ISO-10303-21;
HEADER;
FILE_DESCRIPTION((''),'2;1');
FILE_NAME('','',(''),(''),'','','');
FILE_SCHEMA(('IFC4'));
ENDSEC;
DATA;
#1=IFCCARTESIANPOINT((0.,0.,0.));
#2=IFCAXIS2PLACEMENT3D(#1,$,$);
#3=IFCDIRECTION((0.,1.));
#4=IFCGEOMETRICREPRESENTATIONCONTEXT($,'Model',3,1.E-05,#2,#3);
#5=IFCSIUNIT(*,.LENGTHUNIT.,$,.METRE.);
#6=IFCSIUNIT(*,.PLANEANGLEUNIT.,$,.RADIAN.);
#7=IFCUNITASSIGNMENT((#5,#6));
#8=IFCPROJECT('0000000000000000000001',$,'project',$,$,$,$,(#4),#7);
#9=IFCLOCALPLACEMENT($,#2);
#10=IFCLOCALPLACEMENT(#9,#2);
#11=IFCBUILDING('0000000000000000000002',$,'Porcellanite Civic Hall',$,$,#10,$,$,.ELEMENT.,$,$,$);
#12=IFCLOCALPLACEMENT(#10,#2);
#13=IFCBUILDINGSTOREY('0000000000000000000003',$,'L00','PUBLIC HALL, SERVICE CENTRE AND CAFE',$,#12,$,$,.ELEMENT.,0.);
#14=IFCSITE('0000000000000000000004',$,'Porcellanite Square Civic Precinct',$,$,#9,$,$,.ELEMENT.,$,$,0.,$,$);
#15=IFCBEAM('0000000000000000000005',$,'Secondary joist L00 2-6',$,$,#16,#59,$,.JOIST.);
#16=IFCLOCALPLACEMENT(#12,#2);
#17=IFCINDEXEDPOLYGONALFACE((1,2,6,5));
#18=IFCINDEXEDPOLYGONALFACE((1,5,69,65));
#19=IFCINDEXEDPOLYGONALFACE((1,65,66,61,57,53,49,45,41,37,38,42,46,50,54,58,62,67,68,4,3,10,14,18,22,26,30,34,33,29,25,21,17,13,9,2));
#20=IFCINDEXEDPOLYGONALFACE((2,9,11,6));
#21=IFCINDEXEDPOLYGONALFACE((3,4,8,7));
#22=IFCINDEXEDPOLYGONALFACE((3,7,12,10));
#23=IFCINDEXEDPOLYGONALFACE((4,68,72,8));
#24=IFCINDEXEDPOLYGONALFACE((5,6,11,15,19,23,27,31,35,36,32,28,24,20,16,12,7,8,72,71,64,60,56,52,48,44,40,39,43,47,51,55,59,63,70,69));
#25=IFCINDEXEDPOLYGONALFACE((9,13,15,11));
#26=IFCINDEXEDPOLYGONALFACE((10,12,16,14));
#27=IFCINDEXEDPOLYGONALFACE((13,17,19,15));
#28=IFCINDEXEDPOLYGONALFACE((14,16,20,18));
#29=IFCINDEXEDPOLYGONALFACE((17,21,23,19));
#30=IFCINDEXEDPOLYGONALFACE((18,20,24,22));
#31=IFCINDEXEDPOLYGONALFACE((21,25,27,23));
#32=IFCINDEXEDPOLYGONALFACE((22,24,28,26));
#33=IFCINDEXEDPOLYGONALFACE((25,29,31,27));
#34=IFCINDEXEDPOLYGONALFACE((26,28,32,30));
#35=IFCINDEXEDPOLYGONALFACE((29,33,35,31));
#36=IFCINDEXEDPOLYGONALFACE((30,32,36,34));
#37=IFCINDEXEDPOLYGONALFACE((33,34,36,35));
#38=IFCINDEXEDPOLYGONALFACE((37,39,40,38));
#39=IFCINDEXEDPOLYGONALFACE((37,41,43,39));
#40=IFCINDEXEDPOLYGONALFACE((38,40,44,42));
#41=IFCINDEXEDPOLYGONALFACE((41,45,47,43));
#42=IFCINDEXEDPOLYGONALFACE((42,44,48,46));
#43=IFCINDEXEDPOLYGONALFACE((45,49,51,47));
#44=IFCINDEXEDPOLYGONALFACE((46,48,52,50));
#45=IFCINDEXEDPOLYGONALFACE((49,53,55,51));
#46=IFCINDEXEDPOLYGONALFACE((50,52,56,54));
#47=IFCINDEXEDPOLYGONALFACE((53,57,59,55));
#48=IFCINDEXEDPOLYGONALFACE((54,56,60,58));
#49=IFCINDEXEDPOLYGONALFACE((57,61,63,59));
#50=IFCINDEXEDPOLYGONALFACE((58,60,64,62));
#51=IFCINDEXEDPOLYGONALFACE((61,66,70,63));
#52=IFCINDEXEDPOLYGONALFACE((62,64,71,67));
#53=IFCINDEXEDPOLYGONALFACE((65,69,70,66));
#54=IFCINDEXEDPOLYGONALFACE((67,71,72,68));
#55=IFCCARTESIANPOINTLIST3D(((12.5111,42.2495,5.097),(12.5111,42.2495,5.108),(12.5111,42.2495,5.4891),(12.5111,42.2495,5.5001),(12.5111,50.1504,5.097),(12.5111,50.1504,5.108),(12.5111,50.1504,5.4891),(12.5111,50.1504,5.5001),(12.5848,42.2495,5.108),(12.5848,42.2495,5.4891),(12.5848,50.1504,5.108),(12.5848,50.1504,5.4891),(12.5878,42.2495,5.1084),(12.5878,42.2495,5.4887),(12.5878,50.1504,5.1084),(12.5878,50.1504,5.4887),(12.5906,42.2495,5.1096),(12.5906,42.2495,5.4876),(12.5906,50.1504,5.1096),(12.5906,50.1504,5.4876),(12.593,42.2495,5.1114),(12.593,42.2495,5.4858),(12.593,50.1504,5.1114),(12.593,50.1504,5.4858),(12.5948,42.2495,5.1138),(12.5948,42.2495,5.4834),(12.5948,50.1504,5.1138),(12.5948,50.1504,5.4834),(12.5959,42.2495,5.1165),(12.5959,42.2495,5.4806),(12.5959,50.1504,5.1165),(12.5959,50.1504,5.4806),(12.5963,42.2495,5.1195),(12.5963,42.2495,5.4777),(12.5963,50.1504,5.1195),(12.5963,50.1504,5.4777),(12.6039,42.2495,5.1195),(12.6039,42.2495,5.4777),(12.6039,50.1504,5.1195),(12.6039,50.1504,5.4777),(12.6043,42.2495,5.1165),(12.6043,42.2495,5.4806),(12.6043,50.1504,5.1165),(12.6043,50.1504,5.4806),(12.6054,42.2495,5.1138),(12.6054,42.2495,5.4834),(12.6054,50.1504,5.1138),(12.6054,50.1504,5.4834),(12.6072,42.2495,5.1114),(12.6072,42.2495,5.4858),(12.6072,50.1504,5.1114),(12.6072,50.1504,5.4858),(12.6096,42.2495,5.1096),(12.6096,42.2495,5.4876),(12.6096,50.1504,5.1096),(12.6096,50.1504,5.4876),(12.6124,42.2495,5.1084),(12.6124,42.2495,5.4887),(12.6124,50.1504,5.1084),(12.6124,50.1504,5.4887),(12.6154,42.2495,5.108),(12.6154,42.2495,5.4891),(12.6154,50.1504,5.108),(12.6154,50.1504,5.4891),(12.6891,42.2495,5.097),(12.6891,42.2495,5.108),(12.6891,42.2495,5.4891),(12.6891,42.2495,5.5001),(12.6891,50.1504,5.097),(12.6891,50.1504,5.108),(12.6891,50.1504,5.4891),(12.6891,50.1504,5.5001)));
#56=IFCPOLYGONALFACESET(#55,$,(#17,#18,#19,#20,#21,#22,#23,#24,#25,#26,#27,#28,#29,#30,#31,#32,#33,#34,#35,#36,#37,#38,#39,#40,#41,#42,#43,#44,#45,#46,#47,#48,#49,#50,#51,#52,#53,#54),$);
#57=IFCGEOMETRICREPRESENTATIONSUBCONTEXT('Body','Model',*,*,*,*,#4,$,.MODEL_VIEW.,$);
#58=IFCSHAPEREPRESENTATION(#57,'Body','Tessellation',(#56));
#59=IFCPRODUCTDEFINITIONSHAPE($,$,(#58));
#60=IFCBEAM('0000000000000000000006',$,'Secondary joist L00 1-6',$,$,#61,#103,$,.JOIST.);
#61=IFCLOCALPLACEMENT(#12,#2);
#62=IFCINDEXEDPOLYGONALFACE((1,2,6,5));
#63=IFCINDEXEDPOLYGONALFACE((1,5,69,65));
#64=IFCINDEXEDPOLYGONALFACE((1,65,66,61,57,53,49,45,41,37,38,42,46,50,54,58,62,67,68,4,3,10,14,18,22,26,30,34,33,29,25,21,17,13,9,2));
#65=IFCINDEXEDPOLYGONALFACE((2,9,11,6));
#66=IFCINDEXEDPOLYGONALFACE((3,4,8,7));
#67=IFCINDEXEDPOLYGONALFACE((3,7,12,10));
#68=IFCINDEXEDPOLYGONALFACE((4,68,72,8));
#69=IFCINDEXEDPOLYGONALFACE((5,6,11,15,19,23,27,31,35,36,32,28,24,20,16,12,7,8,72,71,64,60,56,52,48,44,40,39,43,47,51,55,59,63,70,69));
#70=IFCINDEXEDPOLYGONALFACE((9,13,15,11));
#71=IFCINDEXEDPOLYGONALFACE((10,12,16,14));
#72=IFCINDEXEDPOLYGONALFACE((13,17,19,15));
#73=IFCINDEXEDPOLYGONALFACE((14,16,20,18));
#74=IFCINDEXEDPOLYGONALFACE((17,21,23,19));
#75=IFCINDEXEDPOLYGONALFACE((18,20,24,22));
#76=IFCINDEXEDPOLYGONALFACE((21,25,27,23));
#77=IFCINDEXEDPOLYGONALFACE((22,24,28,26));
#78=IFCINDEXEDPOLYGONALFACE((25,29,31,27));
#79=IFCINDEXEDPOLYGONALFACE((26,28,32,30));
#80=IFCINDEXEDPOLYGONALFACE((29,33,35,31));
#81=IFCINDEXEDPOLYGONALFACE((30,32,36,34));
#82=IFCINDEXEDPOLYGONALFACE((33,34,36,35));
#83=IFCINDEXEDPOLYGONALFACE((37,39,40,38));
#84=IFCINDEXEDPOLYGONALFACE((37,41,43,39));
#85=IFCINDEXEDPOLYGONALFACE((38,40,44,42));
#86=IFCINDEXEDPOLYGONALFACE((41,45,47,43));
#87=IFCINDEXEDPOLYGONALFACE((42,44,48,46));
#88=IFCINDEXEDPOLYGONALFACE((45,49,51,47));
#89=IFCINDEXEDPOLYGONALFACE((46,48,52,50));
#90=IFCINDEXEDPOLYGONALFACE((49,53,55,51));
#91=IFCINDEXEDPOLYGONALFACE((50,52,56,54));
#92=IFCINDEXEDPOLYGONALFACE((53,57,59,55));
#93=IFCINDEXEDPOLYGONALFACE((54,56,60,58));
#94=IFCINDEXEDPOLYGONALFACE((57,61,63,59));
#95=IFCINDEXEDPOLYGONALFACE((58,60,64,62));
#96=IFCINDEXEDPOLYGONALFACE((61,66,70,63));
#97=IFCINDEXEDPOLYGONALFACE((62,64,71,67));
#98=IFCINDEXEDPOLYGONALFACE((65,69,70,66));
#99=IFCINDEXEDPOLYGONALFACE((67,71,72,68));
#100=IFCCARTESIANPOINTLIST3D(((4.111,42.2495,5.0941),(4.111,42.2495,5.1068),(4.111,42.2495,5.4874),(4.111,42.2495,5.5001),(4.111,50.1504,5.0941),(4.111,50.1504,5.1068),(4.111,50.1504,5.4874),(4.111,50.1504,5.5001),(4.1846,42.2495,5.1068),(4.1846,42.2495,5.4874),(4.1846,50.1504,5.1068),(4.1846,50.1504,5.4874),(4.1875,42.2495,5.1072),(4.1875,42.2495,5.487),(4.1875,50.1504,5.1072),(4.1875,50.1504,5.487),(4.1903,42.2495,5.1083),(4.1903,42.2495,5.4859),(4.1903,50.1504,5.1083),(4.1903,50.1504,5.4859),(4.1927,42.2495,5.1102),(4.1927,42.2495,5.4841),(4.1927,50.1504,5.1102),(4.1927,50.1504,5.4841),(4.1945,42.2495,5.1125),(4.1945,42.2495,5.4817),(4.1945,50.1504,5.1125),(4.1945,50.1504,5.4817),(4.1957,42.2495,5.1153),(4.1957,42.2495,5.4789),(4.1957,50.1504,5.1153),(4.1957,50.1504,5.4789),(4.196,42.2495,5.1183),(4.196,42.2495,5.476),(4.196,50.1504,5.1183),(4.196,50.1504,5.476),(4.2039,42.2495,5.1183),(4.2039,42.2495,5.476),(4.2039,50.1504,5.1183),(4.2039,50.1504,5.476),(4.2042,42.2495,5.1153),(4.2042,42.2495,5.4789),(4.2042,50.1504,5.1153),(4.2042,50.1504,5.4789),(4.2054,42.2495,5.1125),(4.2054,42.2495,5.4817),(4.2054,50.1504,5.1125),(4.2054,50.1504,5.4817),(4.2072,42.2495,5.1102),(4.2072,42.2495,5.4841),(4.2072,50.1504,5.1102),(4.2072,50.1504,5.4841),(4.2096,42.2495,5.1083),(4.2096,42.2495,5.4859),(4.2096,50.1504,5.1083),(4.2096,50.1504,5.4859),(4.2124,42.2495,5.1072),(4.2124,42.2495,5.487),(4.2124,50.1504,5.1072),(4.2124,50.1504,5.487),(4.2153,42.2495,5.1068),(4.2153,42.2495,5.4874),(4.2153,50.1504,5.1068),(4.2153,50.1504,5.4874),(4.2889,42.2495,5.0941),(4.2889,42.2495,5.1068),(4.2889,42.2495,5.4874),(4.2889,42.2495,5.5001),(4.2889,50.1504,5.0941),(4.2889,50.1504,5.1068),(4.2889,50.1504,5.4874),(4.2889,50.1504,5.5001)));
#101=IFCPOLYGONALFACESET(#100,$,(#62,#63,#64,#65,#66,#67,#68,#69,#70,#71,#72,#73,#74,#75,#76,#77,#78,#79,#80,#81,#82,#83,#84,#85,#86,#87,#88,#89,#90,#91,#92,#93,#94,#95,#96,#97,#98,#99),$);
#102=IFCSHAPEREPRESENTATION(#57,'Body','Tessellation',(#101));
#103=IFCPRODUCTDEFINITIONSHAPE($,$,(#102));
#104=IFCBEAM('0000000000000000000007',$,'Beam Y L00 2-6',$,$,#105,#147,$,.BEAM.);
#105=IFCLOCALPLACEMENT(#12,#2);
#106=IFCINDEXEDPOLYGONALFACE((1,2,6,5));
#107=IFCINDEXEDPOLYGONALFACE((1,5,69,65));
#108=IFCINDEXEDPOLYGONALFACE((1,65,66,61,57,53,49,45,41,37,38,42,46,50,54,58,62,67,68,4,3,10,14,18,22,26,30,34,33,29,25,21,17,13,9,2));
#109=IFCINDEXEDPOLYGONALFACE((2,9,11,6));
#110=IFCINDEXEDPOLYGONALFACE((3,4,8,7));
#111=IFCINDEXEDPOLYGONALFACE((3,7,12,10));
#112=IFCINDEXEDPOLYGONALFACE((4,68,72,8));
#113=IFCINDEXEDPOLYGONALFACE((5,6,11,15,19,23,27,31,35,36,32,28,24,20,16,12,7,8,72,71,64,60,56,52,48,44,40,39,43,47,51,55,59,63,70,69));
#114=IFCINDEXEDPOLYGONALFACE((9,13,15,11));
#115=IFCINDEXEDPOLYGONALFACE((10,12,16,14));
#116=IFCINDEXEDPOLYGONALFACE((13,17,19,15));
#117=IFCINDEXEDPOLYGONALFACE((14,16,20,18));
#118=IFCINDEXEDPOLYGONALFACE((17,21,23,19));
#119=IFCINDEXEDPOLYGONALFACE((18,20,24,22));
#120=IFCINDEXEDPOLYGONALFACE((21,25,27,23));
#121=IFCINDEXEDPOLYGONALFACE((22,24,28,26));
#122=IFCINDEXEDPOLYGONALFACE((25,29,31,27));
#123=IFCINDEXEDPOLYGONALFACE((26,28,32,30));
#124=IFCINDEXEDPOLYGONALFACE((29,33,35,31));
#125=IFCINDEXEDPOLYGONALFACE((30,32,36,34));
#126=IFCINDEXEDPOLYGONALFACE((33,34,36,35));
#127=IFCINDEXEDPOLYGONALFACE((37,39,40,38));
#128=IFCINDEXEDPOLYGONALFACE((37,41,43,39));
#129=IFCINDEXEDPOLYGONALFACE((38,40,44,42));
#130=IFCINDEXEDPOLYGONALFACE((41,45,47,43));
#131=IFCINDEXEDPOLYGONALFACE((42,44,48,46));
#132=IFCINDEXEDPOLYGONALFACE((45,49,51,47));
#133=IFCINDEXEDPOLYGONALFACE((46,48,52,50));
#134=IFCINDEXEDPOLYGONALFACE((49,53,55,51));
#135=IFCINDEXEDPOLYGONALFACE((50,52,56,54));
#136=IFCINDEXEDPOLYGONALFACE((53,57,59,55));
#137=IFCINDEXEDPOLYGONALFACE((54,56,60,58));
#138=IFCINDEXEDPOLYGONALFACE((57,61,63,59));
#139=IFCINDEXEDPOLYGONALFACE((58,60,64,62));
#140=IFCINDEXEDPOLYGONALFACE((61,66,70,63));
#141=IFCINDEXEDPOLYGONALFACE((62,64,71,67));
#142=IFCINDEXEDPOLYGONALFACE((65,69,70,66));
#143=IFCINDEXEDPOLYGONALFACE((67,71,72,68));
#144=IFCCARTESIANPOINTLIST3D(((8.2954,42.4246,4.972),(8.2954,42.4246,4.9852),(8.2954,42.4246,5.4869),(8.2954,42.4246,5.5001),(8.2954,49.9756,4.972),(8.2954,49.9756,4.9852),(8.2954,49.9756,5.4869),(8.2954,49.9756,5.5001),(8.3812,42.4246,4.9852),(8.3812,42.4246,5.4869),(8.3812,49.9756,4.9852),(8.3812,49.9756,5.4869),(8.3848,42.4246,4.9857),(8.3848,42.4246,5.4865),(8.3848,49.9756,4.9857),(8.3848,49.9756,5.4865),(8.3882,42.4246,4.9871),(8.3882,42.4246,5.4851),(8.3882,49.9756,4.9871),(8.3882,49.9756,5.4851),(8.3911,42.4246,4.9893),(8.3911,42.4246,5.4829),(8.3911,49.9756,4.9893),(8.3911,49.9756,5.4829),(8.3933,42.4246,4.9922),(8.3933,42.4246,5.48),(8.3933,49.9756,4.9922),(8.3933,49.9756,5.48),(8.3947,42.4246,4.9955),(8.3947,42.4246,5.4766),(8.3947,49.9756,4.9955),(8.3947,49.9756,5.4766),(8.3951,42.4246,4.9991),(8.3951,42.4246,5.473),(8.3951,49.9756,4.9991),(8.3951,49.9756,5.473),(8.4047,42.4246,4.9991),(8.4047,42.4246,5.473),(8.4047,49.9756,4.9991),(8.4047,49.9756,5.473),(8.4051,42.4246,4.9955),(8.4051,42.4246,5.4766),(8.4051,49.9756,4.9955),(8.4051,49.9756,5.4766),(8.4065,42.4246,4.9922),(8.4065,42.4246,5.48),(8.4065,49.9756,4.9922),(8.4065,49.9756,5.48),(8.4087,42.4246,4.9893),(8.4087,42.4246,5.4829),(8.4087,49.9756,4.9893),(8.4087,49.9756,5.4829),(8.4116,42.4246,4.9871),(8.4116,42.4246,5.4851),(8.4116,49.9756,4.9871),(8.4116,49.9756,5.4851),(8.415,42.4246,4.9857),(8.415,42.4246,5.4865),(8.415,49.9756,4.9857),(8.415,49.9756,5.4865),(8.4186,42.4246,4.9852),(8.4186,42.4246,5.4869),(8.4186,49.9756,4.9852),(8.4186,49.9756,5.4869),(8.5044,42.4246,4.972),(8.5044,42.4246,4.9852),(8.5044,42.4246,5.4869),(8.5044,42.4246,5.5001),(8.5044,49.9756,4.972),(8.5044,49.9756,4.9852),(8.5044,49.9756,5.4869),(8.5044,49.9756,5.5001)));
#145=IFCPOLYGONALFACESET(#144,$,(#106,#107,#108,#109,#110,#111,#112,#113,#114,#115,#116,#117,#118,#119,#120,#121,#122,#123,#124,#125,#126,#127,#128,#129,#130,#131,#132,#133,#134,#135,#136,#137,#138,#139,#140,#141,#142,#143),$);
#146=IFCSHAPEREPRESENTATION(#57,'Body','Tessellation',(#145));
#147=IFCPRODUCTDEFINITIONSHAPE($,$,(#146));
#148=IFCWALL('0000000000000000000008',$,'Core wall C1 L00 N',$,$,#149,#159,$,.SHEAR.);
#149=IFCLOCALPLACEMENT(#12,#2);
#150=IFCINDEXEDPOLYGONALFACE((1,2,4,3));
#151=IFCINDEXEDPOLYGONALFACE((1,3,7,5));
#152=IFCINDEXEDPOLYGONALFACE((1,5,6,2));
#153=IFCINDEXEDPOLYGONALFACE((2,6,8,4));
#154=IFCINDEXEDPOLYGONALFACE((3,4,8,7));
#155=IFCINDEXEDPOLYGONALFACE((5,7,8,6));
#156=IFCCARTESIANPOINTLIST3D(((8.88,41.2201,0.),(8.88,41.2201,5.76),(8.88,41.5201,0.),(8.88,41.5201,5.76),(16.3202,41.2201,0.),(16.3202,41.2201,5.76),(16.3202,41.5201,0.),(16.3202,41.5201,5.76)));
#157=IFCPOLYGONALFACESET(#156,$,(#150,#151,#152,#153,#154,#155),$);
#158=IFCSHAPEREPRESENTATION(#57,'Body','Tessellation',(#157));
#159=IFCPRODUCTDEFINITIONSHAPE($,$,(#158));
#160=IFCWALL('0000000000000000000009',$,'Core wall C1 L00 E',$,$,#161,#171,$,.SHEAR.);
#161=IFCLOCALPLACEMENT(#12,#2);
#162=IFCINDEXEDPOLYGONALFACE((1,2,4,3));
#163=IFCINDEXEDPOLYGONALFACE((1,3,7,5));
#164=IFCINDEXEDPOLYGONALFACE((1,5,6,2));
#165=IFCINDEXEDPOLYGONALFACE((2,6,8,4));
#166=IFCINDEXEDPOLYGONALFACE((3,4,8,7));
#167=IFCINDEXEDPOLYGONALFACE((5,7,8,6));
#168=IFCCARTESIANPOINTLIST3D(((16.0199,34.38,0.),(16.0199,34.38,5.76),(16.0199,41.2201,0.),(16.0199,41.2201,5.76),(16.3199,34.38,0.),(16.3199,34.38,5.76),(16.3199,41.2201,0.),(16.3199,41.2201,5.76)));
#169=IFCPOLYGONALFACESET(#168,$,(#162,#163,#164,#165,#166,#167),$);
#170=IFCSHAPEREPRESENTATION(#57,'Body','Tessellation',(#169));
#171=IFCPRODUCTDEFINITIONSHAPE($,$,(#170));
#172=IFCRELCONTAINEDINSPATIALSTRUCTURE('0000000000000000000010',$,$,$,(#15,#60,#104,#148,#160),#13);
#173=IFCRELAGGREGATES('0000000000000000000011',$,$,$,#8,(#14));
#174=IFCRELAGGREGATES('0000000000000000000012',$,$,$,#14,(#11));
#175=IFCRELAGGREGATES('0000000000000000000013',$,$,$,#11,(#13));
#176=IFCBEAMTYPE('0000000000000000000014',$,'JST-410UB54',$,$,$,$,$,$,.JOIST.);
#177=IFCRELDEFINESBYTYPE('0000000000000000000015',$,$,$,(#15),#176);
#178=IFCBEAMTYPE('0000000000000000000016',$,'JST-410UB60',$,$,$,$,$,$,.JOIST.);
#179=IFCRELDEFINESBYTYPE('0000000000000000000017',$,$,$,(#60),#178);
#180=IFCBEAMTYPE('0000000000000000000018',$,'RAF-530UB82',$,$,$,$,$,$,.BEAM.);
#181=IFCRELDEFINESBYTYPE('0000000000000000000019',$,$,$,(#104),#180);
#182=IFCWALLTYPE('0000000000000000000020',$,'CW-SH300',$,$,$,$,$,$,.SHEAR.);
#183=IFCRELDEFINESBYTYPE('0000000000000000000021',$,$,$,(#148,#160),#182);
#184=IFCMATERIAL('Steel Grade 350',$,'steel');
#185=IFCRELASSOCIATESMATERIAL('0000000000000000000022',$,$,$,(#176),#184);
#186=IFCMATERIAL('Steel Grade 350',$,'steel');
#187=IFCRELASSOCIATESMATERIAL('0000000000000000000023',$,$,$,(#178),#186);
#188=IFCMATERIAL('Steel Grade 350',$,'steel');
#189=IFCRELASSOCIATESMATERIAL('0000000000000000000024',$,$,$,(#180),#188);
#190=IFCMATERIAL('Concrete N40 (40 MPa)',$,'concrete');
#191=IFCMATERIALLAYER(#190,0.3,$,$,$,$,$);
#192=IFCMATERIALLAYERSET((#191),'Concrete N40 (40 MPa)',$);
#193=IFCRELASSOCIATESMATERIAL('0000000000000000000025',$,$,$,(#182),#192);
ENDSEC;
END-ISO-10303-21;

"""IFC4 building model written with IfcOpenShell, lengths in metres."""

from ifc_helpers import new_model, si_unit, direction, frame, frame_2d, origin, origin_2d, place, context, subcontext, project, spatial, rectangle, i_section, extrude, material, layer, layer_set, material_profile, profile_set, type_object, element, save


model = new_model("IFC4")

# Units and contexts
model_context = context("Model", 3, precision=1e-05, world=origin(), true_north=direction((0.0, 1.0)))
body_context = subcontext(model_context, "Body", "Model", "MODEL_VIEW")
ifc_project = project(units=[si_unit("LENGTHUNIT", "METRE"), si_unit("PLANEANGLEUNIT", "RADIAN")], contexts=[model_context])

# Site, building, storey
site_placement = place(None, origin())
site = spatial("IfcSite", under=ifc_project, at=site_placement, Name="Porcellanite Square Civic Precinct", CompositionType="ELEMENT", RefElevation=0.0)
building_placement = place(site_placement, origin())
building = spatial("IfcBuilding", under=site, at=building_placement, Name="Porcellanite Civic Hall", CompositionType="ELEMENT")
storey_placement = place(building_placement, origin())
storey = spatial("IfcBuildingStorey", under=building, at=storey_placement, Name="L00", Description="PUBLIC HALL, SERVICE CENTRE AND CAFE", CompositionType="ELEMENT", Elevation=0.0)

# Beams
ifc_material_1 = material(Name="Steel Grade 350", Category="steel")
ifc_material_profile_1 = material_profile(ifc_material_1, i_section(OverallWidth=0.178, OverallDepth=0.4031, WebThickness=0.0076, FlangeThickness=0.011, FilletRadius=0.0115, at=origin_2d()), Name="410UB53.7")
ifc_profile_set_1 = profile_set([ifc_material_profile_1], Name="Steel Grade 350")
beam_type_1 = type_object("IfcBeamType", Name="JST-410UB54", PredefinedType="JOIST", material=ifc_profile_set_1)
beam_1_placement = place(storey_placement, frame((12.6001, 42.2495, 5.2986), z_axis=(0.0, 1.0, 0.0), x_axis=(-1.0, 0.0, 0.0)))
element("IfcBeam", 1, at=beam_1_placement, inside=storey, type_object=beam_type_1, Name="Secondary joist L00 2-6", PredefinedType="JOIST", context=body_context, shape_type="SweptSolid", body=[
    extrude(i_section(OverallWidth=0.178, OverallDepth=0.4031, WebThickness=0.0076, FlangeThickness=0.011, FilletRadius=0.0115, at=origin_2d()), origin(), (0.0, 0.0, 1.0), 7.9009),
])
ifc_material_2 = material(Name="Steel Grade 350", Category="steel")
ifc_material_profile_2 = material_profile(ifc_material_2, i_section(OverallWidth=0.178, OverallDepth=0.406, WebThickness=0.0078, FlangeThickness=0.0127, FilletRadius=0.0115, at=origin_2d()), Name="410UB59.7")
ifc_profile_set_2 = profile_set([ifc_material_profile_2], Name="Steel Grade 350")
beam_type_2 = type_object("IfcBeamType", Name="JST-410UB60", PredefinedType="JOIST", material=ifc_profile_set_2)
beam_2_placement = place(storey_placement, frame((4.2, 42.2495, 5.2971), z_axis=(0.0, 1.0, 0.0), x_axis=(-1.0, 0.0, 0.0)))
element("IfcBeam", 2, at=beam_2_placement, inside=storey, type_object=beam_type_2, Name="Secondary joist L00 1-6", PredefinedType="JOIST", context=body_context, shape_type="SweptSolid", body=[
    extrude(i_section(OverallWidth=0.178, OverallDepth=0.406, WebThickness=0.0078, FlangeThickness=0.0127, FilletRadius=0.0115, at=origin_2d()), origin(), (0.0, 0.0, 1.0), 7.9009),
])
ifc_material_3 = material(Name="Steel Grade 350", Category="steel")
ifc_material_profile_3 = material_profile(ifc_material_3, i_section(OverallWidth=0.209, OverallDepth=0.5281, WebThickness=0.0095, FlangeThickness=0.0132, FilletRadius=0.0139, at=origin_2d()), Name="530UB82.0")
ifc_profile_set_3 = profile_set([ifc_material_profile_3], Name="Steel Grade 350")
beam_type_3 = type_object("IfcBeamType", Name="RAF-530UB82", PredefinedType="BEAM", material=ifc_profile_set_3)
beam_3_placement = place(storey_placement, frame((8.3999, 42.4246, 5.2361), z_axis=(0.0, 1.0, 0.0), x_axis=(-1.0, 0.0, 0.0)))
element("IfcBeam", 3, at=beam_3_placement, inside=storey, type_object=beam_type_3, Name="Beam Y L00 2-6", PredefinedType="BEAM", context=body_context, shape_type="SweptSolid", body=[
    extrude(i_section(OverallWidth=0.209, OverallDepth=0.5281, WebThickness=0.0095, FlangeThickness=0.0132, FilletRadius=0.0139, at=origin_2d()), origin(), (0.0, 0.0, 1.0), 7.551),
])

# Walls
ifc_material_4 = material(Name="Concrete N40 (40 MPa)", Category="concrete")
ifc_layer_1 = layer(ifc_material_4, 0.3)
ifc_layer_set_1 = layer_set([ifc_layer_1], Name="Concrete N40 (40 MPa)")
wall_type_1 = type_object("IfcWallType", Name="CW-SH300", PredefinedType="SHEAR", material=ifc_layer_set_1)
wall_1_placement = place(storey_placement, frame((8.8799, 41.3701, 0.0), z_axis=(0.0, 0.0, 1.0), x_axis=(1.0, 0.0, 0.0)))
element("IfcWall", 4, at=wall_1_placement, inside=storey, type_object=wall_type_1, Name="Core wall C1 L00 N", PredefinedType="SHEAR", context=body_context, shape_type="SweptSolid", body=[
    extrude(rectangle(XDim=7.4402, YDim=0.3, at=frame_2d((3.7202, 0.0))), origin(), (0.0, 0.0, 1.0), 5.76),
])
wall_2_placement = place(storey_placement, frame((16.1699, 41.22, 0.0), z_axis=(0.0, 0.0, 1.0), x_axis=(0.0, -1.0, 0.0)))
element("IfcWall", 5, at=wall_2_placement, inside=storey, type_object=wall_type_1, Name="Core wall C1 L00 E", PredefinedType="SHEAR", context=body_context, shape_type="SweptSolid", body=[
    extrude(rectangle(XDim=6.8401, YDim=0.3, at=frame_2d((3.4199, 0.0))), origin(), (0.0, 0.0, 1.0), 5.76),
])

save(model, "model.ifc")
